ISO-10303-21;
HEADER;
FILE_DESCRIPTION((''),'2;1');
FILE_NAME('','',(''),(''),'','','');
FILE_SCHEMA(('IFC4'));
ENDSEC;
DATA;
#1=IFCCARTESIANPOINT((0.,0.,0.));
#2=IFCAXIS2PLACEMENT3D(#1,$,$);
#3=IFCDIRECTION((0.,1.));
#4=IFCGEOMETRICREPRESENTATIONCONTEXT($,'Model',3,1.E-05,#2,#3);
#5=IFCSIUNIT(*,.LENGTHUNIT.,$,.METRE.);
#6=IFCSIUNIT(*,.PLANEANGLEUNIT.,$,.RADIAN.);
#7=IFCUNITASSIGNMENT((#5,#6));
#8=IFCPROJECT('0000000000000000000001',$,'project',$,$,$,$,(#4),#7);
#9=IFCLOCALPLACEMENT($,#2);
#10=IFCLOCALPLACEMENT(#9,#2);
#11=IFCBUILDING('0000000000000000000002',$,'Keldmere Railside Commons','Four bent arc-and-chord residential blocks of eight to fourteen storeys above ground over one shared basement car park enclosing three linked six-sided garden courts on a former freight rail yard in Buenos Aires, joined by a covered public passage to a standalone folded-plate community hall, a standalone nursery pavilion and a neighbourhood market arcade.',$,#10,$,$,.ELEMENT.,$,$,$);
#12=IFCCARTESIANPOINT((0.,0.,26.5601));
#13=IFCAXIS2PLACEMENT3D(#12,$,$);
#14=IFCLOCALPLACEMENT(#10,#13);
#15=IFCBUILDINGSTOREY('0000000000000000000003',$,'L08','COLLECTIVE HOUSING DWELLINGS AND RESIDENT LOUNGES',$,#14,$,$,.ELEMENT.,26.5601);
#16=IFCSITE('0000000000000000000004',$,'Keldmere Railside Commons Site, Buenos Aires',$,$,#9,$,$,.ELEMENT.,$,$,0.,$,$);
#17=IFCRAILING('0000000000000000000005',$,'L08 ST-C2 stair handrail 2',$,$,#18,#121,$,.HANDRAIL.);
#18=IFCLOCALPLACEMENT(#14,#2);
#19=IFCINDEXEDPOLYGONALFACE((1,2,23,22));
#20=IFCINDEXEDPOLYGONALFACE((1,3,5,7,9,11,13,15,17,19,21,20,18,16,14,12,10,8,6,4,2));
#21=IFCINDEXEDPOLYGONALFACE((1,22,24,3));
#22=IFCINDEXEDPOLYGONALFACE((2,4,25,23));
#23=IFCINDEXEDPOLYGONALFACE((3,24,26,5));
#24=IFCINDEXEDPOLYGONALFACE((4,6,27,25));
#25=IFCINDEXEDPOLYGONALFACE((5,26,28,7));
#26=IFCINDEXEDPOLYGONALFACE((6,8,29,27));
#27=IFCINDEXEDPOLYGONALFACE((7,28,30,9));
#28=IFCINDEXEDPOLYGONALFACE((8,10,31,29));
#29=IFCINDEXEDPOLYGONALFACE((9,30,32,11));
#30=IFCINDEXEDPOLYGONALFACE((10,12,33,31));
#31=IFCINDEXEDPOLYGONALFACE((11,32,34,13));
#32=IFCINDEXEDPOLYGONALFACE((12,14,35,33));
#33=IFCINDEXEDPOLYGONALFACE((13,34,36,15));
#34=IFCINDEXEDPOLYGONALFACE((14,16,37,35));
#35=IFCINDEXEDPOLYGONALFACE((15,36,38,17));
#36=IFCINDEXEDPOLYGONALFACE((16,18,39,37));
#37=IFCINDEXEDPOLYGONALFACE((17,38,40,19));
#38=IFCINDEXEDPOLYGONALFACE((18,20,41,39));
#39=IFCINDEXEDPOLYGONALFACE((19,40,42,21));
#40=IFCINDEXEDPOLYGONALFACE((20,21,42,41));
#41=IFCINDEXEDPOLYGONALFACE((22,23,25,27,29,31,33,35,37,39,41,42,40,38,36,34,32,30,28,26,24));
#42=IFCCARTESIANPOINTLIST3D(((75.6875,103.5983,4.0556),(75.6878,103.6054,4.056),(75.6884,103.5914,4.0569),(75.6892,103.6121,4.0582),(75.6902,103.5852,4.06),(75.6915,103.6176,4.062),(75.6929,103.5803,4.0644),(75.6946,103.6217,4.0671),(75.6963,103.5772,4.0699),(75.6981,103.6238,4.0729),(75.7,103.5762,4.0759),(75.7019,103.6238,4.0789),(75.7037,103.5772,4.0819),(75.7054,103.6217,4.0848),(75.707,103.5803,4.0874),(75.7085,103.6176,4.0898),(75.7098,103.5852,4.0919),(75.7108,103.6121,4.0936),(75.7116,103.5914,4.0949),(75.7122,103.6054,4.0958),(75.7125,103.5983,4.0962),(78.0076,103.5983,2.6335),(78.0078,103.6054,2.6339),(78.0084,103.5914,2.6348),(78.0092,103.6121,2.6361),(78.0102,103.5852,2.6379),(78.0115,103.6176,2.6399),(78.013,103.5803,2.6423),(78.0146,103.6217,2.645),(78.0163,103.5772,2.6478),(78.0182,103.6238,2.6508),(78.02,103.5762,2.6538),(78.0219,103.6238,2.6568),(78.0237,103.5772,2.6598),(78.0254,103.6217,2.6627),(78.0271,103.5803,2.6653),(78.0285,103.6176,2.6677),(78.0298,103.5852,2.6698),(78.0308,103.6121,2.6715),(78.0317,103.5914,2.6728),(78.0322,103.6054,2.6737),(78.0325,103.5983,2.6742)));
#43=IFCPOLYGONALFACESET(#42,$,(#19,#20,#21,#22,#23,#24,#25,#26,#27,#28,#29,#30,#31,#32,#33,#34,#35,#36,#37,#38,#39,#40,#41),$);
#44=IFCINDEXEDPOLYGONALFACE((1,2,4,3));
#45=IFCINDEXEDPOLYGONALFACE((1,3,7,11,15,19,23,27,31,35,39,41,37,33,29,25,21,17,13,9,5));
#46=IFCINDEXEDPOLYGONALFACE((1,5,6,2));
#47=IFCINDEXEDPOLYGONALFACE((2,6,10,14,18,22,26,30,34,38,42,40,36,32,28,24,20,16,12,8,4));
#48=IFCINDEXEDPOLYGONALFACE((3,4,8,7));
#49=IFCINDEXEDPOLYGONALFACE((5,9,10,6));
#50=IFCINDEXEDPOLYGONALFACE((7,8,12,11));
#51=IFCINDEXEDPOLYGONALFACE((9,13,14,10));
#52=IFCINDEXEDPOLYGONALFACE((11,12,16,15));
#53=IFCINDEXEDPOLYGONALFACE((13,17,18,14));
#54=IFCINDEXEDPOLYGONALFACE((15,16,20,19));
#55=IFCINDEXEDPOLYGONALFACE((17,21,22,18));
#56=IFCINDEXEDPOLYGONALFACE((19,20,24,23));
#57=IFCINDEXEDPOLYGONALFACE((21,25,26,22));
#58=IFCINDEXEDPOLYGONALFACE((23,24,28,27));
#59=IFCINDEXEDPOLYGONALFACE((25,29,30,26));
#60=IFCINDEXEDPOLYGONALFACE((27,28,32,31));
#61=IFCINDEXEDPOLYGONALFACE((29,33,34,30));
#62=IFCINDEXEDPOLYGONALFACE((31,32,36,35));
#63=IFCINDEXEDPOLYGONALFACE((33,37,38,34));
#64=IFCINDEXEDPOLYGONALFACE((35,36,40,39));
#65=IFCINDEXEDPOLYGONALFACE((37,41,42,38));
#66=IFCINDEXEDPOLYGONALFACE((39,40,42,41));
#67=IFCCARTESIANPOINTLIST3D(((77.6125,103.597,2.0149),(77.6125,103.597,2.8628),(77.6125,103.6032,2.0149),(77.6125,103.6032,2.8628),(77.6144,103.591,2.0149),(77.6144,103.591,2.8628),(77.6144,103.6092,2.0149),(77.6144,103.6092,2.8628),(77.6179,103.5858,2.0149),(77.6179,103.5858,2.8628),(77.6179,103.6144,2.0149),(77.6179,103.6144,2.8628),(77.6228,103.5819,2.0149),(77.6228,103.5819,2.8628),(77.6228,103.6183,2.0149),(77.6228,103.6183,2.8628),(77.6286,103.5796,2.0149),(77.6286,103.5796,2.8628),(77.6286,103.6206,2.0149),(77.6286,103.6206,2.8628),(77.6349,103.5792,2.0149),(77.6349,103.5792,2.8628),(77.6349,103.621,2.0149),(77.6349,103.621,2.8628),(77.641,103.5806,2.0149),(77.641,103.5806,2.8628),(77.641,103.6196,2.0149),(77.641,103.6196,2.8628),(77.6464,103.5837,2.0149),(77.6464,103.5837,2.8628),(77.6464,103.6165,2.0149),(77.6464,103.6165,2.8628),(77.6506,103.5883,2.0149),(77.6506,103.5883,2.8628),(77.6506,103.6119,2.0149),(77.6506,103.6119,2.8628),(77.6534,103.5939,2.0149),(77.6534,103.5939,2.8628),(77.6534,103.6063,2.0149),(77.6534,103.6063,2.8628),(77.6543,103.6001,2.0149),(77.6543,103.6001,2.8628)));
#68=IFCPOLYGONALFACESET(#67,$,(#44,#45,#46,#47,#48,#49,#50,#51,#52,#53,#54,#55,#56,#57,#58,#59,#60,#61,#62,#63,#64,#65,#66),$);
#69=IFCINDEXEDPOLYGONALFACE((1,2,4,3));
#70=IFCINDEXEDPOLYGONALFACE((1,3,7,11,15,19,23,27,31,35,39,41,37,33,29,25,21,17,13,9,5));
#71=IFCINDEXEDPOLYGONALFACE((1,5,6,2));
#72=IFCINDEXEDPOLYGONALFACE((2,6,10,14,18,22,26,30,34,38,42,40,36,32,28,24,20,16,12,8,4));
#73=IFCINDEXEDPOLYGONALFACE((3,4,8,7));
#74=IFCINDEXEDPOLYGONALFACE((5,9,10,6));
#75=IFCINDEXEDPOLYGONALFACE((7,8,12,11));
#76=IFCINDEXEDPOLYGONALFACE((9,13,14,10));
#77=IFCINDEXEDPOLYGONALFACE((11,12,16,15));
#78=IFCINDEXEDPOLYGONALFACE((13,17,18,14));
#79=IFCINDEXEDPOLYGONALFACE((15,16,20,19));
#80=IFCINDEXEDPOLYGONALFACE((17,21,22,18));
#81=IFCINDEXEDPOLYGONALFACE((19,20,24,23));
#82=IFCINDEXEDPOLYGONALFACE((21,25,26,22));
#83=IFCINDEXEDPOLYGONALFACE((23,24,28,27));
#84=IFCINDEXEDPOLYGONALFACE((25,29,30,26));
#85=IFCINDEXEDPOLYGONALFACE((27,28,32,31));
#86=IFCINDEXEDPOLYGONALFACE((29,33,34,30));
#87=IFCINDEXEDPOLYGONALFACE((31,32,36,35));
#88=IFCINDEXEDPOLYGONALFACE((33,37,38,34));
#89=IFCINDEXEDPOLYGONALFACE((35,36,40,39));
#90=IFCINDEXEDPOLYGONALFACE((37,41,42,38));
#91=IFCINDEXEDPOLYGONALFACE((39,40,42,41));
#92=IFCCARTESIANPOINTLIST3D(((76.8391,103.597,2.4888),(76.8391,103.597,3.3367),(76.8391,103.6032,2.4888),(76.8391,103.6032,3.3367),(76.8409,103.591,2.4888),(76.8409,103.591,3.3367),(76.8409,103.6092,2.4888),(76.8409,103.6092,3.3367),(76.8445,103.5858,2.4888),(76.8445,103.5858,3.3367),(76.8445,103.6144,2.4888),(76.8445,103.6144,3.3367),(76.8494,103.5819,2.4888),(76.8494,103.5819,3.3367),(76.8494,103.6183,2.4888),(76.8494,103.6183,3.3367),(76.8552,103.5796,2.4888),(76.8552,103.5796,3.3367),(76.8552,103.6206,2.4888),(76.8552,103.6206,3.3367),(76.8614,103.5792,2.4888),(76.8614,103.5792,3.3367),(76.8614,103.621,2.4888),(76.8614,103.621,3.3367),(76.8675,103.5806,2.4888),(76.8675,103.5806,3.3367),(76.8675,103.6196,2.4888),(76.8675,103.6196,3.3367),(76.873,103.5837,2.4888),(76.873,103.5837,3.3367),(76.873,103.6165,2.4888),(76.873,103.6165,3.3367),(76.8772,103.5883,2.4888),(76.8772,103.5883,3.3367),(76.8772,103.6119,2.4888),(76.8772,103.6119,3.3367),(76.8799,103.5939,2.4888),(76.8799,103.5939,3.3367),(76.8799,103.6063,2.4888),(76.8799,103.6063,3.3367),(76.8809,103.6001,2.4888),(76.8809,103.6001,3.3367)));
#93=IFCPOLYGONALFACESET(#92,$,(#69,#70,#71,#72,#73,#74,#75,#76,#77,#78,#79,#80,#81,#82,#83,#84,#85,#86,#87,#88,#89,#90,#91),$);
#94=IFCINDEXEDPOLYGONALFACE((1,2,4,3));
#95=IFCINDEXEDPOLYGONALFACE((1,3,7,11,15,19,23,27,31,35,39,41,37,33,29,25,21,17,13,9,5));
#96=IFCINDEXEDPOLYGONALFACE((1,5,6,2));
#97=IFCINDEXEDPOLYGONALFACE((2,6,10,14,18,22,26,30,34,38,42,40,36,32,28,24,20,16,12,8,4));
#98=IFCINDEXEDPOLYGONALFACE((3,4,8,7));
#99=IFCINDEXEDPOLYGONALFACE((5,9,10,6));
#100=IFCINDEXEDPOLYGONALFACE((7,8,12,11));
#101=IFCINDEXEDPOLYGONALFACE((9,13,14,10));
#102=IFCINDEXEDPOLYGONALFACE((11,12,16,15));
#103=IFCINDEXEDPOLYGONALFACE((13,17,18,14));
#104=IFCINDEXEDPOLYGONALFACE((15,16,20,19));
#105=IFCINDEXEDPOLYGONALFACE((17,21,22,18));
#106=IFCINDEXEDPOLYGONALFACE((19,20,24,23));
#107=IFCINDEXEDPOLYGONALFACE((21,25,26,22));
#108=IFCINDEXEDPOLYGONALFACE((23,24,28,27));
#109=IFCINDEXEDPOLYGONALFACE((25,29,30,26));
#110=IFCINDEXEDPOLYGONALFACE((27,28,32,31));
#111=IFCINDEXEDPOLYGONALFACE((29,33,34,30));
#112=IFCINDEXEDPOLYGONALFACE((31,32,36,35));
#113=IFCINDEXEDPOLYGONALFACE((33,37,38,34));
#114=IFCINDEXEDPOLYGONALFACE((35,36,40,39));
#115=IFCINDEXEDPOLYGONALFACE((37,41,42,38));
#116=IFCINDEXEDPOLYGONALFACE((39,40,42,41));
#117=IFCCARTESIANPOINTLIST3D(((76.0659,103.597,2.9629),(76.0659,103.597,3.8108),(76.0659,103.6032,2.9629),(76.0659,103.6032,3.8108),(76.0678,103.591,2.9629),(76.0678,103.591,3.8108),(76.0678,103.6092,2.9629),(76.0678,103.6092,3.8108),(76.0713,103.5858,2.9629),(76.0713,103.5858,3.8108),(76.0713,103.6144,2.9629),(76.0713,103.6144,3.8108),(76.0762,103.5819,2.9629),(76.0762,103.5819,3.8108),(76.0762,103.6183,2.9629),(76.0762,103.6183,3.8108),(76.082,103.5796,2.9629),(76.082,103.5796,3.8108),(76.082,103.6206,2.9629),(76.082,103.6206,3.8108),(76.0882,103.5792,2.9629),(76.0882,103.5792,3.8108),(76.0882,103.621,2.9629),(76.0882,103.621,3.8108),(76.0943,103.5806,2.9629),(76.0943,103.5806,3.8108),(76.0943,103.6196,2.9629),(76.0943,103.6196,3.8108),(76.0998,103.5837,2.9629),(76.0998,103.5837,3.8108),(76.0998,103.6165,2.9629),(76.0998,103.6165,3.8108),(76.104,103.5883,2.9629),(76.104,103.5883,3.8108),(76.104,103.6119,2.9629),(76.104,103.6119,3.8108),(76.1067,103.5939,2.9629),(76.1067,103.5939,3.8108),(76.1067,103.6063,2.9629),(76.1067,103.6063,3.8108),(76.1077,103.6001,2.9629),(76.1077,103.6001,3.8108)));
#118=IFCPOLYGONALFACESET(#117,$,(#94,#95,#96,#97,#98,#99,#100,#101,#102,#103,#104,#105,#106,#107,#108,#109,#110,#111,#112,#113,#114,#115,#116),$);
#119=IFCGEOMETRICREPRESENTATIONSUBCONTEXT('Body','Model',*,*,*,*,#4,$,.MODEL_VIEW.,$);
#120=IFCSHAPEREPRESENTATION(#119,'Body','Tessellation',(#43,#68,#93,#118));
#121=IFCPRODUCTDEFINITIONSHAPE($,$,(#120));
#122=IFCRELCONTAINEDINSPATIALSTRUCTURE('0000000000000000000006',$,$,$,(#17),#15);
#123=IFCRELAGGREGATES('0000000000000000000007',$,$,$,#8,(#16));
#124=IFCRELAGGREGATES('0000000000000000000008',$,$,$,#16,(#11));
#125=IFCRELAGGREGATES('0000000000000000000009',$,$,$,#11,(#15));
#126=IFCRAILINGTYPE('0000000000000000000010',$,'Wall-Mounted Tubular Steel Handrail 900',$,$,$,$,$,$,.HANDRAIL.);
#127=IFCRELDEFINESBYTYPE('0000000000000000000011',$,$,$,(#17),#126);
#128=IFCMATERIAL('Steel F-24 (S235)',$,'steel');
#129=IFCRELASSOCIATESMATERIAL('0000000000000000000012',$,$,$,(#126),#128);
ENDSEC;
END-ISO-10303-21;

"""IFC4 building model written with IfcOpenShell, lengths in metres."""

from ifc_helpers import new_model, si_unit, direction, frame, origin, origin_2d, place, context, subcontext, project, spatial, circle, extrude, material, type_object, element, save


model = new_model("IFC4")

# Units and contexts
model_context = context("Model", 3, precision=1e-05, world=origin(), true_north=direction((0.0, 1.0)))
body_context = subcontext(model_context, "Body", "Model", "MODEL_VIEW")
ifc_project = project(units=[si_unit("LENGTHUNIT", "METRE"), si_unit("PLANEANGLEUNIT", "RADIAN")], contexts=[model_context])

# Site, building, storey
site_placement = place(None, origin())
site = spatial("IfcSite", under=ifc_project, at=site_placement, Name="Keldmere Railside Commons Site, Buenos Aires", CompositionType="ELEMENT", RefElevation=0.0)
building_placement = place(site_placement, origin())
building = spatial("IfcBuilding", under=site, at=building_placement, Name="Keldmere Railside Commons", Description="Four bent arc-and-chord residential blocks of eight to fourteen storeys above ground over one shared basement car park enclosing three linked six-sided garden courts on a former freight rail yard in Buenos Aires, joined by a covered public passage to a standalone folded-plate community hall, a standalone nursery pavilion and a neighbourhood market arcade.", CompositionType="ELEMENT")
storey_placement = place(building_placement, frame((0.0, 0.0, 26.5601)))
storey = spatial("IfcBuildingStorey", under=building, at=storey_placement, Name="L08", Description="COLLECTIVE HOUSING DWELLINGS AND RESIDENT LOUNGES", CompositionType="ELEMENT", Elevation=26.5601)

# Shared definitions
ifc_material_1 = material(Name="Steel F-24 (S235)", Category="steel")

# Railing
railing_type_1 = type_object("IfcRailingType", Name="Wall-Mounted Tubular Steel Handrail 900", PredefinedType="HANDRAIL", material=ifc_material_1)
railing_1_placement = place(storey_placement, frame((78.02, 103.6001, 1.7778)))
element("IfcRailing", 1, at=railing_1_placement, inside=storey, type_object=railing_type_1, Name="L08 ST-C2 stair handrail 2", PredefinedType="HANDRAIL", context=body_context, shape_type="SweptSolid", body=[
    extrude(circle(Radius=0.0239, at=origin_2d()), frame((0.0, 0.0, 0.876), z_axis=(-0.852578, 0.0, 0.5226), x_axis=(0.0, -1.0, 0.0)), (0.0, 0.0, 1.0), 2.7212),
    extrude(circle(Radius=0.021, at=origin_2d()), frame((-0.3867, 0.0, 0.2371)), (0.0, 0.0, 1.0), 0.8479),
    extrude(circle(Radius=0.021, at=origin_2d()), frame((-1.1602, 0.0, 0.7109)), (0.0, 0.0, 1.0), 0.8479),
    extrude(circle(Radius=0.021, at=origin_2d()), frame((-1.9333, 0.0, 1.1851)), (0.0, 0.0, 1.0), 0.8479),
])

save(model, "model.ifc")
